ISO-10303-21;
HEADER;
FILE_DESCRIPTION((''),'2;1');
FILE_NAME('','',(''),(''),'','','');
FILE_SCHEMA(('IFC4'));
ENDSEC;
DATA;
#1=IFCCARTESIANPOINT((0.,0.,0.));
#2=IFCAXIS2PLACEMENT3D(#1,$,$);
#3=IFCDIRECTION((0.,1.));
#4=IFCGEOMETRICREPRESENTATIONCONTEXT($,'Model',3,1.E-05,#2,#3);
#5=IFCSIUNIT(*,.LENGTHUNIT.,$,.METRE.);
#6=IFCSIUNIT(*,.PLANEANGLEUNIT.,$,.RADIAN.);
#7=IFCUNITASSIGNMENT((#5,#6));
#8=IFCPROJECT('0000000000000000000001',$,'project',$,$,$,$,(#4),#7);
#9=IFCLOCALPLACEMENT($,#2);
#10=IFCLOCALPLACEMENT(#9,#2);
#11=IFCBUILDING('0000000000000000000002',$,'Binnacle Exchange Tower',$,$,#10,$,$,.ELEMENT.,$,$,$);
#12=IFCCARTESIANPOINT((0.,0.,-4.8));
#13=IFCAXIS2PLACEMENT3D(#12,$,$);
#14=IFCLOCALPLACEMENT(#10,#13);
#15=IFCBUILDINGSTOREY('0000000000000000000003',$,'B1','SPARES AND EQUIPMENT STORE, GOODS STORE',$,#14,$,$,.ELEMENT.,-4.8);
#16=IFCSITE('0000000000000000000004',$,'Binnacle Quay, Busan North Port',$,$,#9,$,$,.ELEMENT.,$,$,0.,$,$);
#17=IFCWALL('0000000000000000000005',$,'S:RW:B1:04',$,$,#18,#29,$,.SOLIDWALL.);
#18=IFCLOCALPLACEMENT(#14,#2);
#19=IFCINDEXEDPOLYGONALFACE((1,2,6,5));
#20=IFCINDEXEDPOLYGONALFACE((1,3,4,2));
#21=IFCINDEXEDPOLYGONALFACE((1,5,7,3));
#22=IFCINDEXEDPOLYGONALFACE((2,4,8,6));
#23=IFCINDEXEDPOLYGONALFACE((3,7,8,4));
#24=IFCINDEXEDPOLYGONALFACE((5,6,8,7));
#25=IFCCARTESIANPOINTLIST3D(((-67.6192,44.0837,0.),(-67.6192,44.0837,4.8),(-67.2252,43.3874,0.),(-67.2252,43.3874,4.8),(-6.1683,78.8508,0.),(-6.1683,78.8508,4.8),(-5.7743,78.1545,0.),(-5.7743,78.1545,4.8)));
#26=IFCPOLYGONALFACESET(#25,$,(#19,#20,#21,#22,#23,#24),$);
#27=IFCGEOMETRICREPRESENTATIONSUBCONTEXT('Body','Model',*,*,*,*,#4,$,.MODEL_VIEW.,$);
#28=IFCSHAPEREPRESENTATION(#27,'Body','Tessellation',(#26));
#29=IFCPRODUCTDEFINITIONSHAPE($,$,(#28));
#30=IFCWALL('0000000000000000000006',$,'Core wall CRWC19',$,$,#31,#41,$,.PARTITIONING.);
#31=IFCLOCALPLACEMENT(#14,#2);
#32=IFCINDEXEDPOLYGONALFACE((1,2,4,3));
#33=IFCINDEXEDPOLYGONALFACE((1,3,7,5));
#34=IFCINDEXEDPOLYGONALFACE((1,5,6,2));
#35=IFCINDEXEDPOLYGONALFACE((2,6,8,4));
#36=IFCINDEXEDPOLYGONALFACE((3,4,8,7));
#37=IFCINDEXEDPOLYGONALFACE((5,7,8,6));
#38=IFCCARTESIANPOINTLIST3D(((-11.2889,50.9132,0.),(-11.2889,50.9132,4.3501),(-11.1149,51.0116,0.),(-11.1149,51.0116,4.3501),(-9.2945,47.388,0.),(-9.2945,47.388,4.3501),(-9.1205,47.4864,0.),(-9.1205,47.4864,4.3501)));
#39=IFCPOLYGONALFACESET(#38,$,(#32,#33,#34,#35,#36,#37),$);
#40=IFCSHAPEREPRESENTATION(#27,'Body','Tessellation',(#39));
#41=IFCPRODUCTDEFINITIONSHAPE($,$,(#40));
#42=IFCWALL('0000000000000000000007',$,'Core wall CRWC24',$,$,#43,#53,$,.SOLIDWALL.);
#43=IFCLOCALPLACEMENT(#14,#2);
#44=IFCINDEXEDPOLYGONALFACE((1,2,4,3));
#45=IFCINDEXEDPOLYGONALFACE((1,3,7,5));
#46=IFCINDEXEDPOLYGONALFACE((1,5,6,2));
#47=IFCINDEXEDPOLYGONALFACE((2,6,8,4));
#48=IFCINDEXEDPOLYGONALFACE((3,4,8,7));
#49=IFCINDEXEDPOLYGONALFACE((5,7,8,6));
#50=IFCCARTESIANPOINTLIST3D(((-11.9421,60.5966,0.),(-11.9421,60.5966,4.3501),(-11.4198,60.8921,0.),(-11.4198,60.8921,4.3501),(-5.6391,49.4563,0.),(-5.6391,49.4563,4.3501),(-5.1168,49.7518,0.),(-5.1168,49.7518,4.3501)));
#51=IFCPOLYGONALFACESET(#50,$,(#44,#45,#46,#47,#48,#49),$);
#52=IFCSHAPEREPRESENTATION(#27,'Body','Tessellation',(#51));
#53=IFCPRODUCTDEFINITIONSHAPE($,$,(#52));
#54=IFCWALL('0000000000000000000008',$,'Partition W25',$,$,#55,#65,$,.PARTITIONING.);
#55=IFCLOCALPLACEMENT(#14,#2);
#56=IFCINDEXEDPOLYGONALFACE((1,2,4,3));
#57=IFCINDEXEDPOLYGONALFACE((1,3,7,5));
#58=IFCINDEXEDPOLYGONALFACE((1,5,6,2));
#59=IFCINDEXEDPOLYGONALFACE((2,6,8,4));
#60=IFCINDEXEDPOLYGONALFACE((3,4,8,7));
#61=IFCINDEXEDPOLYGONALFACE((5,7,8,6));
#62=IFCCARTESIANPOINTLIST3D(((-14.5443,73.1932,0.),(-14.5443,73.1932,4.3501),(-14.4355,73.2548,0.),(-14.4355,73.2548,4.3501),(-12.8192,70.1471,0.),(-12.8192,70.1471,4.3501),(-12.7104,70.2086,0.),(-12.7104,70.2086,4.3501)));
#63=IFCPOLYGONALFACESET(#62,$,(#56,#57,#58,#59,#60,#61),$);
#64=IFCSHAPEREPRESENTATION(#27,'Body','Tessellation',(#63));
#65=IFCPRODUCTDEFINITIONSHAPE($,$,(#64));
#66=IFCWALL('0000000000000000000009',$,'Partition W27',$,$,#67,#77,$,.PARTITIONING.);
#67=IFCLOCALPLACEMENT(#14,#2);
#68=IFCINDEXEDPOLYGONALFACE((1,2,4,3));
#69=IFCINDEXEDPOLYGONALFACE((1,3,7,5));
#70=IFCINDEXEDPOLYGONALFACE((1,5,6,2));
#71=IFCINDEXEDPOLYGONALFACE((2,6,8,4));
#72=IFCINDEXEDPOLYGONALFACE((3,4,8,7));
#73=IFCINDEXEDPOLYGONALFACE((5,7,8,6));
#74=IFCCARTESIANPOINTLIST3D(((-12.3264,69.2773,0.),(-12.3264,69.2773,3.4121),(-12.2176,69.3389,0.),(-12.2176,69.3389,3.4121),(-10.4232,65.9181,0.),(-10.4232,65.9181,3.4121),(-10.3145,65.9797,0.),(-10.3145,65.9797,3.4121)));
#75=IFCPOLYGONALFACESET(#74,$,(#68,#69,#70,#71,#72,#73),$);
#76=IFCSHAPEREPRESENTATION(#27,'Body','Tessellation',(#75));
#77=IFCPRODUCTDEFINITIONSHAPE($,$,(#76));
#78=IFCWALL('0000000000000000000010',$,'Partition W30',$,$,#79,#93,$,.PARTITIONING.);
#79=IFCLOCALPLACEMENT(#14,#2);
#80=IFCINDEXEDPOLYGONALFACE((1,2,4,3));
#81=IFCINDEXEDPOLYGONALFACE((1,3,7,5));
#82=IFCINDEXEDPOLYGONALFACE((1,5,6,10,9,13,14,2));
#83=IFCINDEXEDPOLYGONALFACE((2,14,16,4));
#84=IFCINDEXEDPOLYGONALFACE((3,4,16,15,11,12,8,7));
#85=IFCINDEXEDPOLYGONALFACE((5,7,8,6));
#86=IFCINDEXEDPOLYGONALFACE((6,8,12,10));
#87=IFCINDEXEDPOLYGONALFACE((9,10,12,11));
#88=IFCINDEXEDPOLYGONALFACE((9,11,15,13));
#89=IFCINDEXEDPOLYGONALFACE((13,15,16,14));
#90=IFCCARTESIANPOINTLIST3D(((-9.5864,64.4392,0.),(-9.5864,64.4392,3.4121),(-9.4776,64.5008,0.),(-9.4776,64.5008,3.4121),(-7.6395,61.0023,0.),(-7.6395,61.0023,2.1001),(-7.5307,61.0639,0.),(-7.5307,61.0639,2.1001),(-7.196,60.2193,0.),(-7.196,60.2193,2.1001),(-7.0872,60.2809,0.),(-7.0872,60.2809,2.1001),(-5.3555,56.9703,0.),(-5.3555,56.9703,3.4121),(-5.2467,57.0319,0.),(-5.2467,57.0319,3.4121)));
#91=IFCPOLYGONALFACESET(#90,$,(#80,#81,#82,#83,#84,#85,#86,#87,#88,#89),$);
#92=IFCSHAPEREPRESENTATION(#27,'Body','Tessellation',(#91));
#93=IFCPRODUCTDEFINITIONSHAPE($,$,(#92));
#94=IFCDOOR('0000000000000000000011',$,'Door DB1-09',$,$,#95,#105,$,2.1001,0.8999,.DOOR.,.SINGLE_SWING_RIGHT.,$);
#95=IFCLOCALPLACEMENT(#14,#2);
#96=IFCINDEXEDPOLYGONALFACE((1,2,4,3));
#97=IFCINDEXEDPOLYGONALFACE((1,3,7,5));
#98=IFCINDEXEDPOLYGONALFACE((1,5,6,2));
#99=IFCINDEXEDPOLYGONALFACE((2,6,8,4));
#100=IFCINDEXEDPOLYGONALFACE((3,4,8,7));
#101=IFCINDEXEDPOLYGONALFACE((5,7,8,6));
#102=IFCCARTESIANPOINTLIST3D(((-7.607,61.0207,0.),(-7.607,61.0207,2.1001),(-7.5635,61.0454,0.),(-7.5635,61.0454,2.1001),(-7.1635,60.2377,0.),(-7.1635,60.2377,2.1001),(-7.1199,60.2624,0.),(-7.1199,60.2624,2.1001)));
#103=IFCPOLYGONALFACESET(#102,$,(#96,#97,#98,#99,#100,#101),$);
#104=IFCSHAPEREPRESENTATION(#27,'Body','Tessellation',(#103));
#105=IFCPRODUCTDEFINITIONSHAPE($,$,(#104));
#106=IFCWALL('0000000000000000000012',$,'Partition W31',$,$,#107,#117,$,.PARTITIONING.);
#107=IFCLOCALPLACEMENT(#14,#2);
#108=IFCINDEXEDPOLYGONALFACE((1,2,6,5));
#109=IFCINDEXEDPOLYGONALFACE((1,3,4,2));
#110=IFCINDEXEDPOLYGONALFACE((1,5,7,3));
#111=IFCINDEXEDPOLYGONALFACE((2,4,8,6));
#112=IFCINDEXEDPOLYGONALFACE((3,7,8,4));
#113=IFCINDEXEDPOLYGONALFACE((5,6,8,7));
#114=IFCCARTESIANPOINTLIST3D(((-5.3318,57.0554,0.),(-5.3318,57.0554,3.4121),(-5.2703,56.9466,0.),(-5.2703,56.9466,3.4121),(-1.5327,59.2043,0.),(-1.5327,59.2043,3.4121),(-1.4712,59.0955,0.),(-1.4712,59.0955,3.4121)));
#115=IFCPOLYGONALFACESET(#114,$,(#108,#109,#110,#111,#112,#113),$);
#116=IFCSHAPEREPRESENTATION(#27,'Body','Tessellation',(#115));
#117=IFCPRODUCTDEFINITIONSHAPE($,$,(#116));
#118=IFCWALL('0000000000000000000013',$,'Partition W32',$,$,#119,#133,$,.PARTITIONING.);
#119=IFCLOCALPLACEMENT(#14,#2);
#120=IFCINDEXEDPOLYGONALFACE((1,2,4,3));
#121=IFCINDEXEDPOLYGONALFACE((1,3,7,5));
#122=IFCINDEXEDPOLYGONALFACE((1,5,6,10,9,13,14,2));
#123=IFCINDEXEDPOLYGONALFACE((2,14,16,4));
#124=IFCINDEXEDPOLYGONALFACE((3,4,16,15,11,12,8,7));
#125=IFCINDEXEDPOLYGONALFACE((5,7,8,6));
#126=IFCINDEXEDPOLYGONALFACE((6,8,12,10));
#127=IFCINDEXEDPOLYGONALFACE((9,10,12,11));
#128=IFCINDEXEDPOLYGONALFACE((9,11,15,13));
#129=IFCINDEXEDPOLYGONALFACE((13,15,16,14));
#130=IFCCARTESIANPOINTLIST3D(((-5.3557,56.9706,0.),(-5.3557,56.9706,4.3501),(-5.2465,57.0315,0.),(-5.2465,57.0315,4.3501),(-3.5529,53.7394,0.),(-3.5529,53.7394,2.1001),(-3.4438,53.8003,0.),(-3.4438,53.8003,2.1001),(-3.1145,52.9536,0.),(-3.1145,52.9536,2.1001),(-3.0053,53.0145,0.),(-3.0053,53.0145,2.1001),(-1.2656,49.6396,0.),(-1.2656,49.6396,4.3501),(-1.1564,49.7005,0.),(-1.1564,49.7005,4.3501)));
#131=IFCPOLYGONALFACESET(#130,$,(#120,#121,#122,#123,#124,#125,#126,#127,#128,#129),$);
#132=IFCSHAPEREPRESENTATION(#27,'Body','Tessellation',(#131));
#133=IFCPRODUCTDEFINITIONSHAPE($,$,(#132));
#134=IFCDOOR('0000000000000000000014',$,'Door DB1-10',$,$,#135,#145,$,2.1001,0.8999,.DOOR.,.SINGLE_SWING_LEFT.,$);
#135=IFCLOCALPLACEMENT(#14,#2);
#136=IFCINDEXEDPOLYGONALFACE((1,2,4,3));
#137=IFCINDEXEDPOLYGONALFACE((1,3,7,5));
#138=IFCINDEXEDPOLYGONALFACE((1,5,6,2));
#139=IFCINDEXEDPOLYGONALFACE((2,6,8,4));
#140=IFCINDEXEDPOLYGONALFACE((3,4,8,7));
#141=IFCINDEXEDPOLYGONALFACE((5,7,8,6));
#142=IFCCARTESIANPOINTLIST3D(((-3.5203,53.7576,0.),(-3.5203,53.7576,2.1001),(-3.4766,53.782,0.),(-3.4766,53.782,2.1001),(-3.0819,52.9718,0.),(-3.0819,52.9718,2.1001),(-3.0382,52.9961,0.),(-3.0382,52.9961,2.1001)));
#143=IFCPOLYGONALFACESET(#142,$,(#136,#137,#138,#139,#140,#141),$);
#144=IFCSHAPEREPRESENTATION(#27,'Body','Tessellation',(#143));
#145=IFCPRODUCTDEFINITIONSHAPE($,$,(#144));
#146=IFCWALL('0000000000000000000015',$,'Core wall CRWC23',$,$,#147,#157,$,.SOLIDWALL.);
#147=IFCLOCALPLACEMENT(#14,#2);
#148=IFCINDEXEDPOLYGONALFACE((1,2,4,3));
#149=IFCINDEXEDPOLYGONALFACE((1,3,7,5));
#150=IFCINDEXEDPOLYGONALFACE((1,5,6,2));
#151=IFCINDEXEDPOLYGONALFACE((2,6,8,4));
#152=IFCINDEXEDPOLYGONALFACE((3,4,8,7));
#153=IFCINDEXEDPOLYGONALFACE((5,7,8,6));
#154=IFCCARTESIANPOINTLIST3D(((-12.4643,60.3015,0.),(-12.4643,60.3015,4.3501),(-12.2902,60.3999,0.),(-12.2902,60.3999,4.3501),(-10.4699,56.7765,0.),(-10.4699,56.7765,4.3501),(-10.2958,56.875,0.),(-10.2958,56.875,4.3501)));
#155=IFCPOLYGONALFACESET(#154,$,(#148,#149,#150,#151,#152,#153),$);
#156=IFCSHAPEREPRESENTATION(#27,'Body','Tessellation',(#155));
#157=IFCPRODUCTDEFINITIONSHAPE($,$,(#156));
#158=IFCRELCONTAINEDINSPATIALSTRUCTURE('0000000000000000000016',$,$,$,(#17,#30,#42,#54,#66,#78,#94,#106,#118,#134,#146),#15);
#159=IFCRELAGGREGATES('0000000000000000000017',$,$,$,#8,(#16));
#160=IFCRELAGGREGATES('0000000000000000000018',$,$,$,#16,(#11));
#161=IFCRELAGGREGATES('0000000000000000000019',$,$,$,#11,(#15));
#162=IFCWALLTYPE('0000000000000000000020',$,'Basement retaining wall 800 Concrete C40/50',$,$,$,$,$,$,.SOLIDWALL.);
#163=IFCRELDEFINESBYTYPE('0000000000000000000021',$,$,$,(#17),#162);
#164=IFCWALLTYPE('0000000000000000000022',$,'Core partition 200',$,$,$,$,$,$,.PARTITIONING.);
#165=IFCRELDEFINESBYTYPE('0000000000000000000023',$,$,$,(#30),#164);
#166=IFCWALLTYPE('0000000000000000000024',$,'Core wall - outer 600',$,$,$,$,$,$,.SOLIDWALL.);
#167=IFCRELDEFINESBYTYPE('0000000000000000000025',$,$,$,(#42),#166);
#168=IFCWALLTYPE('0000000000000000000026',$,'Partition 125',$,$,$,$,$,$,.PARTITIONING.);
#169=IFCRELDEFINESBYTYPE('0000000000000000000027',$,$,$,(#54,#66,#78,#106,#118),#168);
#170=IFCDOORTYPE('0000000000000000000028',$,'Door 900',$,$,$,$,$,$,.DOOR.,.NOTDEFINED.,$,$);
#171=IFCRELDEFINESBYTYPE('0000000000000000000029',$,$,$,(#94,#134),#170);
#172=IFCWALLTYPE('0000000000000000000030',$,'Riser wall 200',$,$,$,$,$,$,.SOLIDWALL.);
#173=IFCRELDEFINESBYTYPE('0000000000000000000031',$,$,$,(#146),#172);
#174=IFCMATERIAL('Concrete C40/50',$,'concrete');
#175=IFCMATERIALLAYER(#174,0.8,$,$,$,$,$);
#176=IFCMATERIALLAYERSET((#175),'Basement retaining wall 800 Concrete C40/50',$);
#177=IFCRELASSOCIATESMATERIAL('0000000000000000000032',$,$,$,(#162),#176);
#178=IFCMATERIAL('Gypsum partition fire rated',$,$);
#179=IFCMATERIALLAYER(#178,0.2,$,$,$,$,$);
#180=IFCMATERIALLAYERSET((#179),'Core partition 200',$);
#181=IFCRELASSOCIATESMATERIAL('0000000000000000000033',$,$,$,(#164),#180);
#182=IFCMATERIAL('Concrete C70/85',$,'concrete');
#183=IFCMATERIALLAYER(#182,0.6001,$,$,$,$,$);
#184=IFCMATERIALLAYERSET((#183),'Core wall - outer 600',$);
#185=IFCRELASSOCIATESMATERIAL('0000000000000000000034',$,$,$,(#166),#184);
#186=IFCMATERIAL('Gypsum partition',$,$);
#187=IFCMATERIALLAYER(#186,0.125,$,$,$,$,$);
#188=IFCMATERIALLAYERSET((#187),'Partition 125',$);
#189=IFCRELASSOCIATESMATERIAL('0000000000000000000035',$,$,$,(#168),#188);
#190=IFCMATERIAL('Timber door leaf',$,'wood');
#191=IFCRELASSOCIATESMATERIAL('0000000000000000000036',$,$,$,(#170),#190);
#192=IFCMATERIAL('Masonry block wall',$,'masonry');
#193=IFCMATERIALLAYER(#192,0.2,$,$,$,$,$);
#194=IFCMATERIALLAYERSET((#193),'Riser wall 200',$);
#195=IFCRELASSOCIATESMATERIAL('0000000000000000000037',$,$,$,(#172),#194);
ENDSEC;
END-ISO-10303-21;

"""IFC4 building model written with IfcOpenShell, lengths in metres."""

from ifc_helpers import new_model, si_unit, direction, frame, frame_2d, origin, place, context, subcontext, project, spatial, rectangle, extrude, material, layer, layer_set, type_object, element, fill, save


model = new_model("IFC4")

# Units and contexts
model_context = context("Model", 3, precision=1e-05, world=origin(), true_north=direction((0.0, 1.0)))
body_context = subcontext(model_context, "Body", "Model", "MODEL_VIEW")
ifc_project = project(units=[si_unit("LENGTHUNIT", "METRE"), si_unit("PLANEANGLEUNIT", "RADIAN")], contexts=[model_context])

# Site, building, storey
site_placement = place(None, origin())
site = spatial("IfcSite", under=ifc_project, at=site_placement, Name="Binnacle Quay, Busan North Port", CompositionType="ELEMENT", RefElevation=0.0)
building_placement = place(site_placement, origin())
building = spatial("IfcBuilding", under=site, at=building_placement, Name="Binnacle Exchange Tower", CompositionType="ELEMENT")
storey_placement = place(building_placement, frame((0.0, 0.0, -4.8)))
storey = spatial("IfcBuildingStorey", under=building, at=storey_placement, Name="B1", Description="SPARES AND EQUIPMENT STORE, GOODS STORE", CompositionType="ELEMENT", Elevation=-4.8)

# Shared definitions
ifc_material_1 = material(Name="Concrete C70/85", Category="concrete")

# Walls
ifc_material_2 = material(Name="Concrete C40/50", Category="concrete")
ifc_layer_1 = layer(ifc_material_2, 0.8)
ifc_layer_set_1 = layer_set([ifc_layer_1], Name="Basement retaining wall 800 Concrete C40/50")
wall_type_1 = type_object("IfcWallType", Name="Basement retaining wall 800 Concrete C40/50", PredefinedType="SOLIDWALL", material=ifc_layer_set_1)
wall_1_placement = place(storey_placement, frame((-5.9712, 78.5027, 0.0), z_axis=(0.0, 0.0, 1.0), x_axis=(-0.870357, -0.492422, 0.0)))
element("IfcWall", 1, at=wall_1_placement, inside=storey, type_object=wall_type_1, Name="S:RW:B1:04", PredefinedType="SOLIDWALL", context=body_context, shape_type="SweptSolid", body=[
    extrude(rectangle(XDim=70.6042, YDim=0.8, at=frame_2d((35.3022, 0.0))), origin(), (0.0, 0.0, 1.0), 4.8),
])
ifc_material_3 = material(Name="Gypsum partition fire rated")
ifc_layer_2 = layer(ifc_material_3, 0.2)
ifc_layer_set_2 = layer_set([ifc_layer_2], Name="Core partition 200")
wall_type_2 = type_object("IfcWallType", Name="Core partition 200", PredefinedType="PARTITIONING", material=ifc_layer_set_2)
wall_2_placement = place(storey_placement, frame((-11.2019, 50.9624, 0.0), z_axis=(0.0, 0.0, 1.0), x_axis=(0.492415, -0.870361, 0.0)))
element("IfcWall", 2, at=wall_2_placement, inside=storey, type_object=wall_type_2, Name="Core wall CRWC19", PredefinedType="PARTITIONING", context=body_context, shape_type="SweptSolid", body=[
    extrude(rectangle(XDim=4.0503, YDim=0.2, at=frame_2d((2.0251, 0.0))), origin(), (0.0, 0.0, 1.0), 4.3501),
])
ifc_layer_3 = layer(ifc_material_1, 0.6001)
ifc_layer_set_3 = layer_set([ifc_layer_3], Name="Core wall - outer 600")
wall_type_3 = type_object("IfcWallType", Name="Core wall - outer 600", PredefinedType="SOLIDWALL", material=ifc_layer_set_3)
wall_3_placement = place(storey_placement, frame((-11.6809, 60.7444, 0.0), z_axis=(0.0, 0.0, 1.0), x_axis=(0.492427, -0.870354, 0.0)))
element("IfcWall", 3, at=wall_3_placement, inside=storey, type_object=wall_type_3, Name="Core wall CRWC24", PredefinedType="SOLIDWALL", context=body_context, shape_type="SweptSolid", body=[
    extrude(rectangle(XDim=12.7998, YDim=0.6001, at=frame_2d((6.3999, 0.0))), origin(), (0.0, 0.0, 1.0), 4.3501),
])
ifc_material_4 = material(Name="Gypsum partition")
ifc_layer_4 = layer(ifc_material_4, 0.125)
ifc_layer_set_4 = layer_set([ifc_layer_4], Name="Partition 125")
wall_type_4 = type_object("IfcWallType", Name="Partition 125", PredefinedType="PARTITIONING", material=ifc_layer_set_4)
wall_4_placement = place(storey_placement, frame((-14.49, 73.2241, 0.0), z_axis=(0.0, 0.0, 1.0), x_axis=(0.492786, -0.870151, 0.0)))
element("IfcWall", 4, at=wall_4_placement, inside=storey, type_object=wall_type_4, Name="Partition W25", PredefinedType="PARTITIONING", context=body_context, shape_type="SweptSolid", body=[
    extrude(rectangle(XDim=3.5007, YDim=0.125, at=frame_2d((1.7505, 0.0))), origin(), (0.0, 0.0, 1.0), 4.3501),
])
wall_5_placement = place(storey_placement, frame((-12.272, 69.3081, 0.0), z_axis=(0.0, 0.0, 1.0), x_axis=(0.492928, -0.87007, 0.0)))
element("IfcWall", 5, at=wall_5_placement, inside=storey, type_object=wall_type_4, Name="Partition W27", PredefinedType="PARTITIONING", context=body_context, shape_type="SweptSolid", body=[
    extrude(rectangle(XDim=3.8608, YDim=0.125, at=frame_2d((1.9304, 0.0))), origin(), (0.0, 0.0, 1.0), 3.4121),
])

# Wall, opening, door
wall_6_placement = place(storey_placement, frame((-9.532, 64.47, 0.0), z_axis=(0.0, 0.0, 1.0), x_axis=(0.492883, -0.870096, 0.0)))
wall_6 = element("IfcWall", 6, at=wall_6_placement, inside=storey, type_object=wall_type_4, Name="Partition W30", PredefinedType="PARTITIONING", context=body_context, shape_type="SweptSolid", body=[
    extrude(rectangle(XDim=8.584, YDim=0.125, at=frame_2d((4.292, 0.0))), origin(), (0.0, 0.0, 1.0), 3.4121),
])
opening_1_placement = place(wall_6_placement, frame((3.95, 0.0, 0.0)))
opening_1 = element("IfcOpeningElement", 7, at=opening_1_placement, cuts=wall_6, PredefinedType="OPENING", context=body_context, shape_type="SweptSolid", body=[
    extrude(rectangle(XDim=0.8999, YDim=2.1001, at=frame_2d((0.45, 1.05))), frame((0.0, 0.0725, 0.0), z_axis=(0.0, -1.0, 0.0), x_axis=(1.0, 0.0, 0.0)), (0.0, 0.0, 1.0), 0.145),
])
ifc_material_5 = material(Name="Timber door leaf", Category="wood")
door_type = type_object("IfcDoorType", Name="Door 900", OperationType="NOTDEFINED", PredefinedType="DOOR", material=ifc_material_5)
door_1_placement = place(opening_1_placement, origin())
door_1 = element("IfcDoor", 8, at=door_1_placement, inside=storey, type_object=door_type, Name="Door DB1-09", OperationType="SINGLE_SWING_RIGHT", OverallHeight=2.1001, OverallWidth=0.8999, PredefinedType="DOOR", context=body_context, shape_type="SweptSolid", body=[
    extrude(rectangle(XDim=0.8999, YDim=2.1001, at=frame_2d((0.45, 1.05))), frame((0.0, 0.0249, 0.0), z_axis=(0.0, -1.0, 0.0), x_axis=(1.0, 0.0, 0.0)), (0.0, 0.0, 1.0), 0.05),
])
fill(opening_1, door_1)

# Wall
wall_7_placement = place(storey_placement, frame((-5.301, 57.001, 0.0), z_axis=(0.0, 0.0, 1.0), x_axis=(0.870403, 0.492339, 0.0)))
element("IfcWall", 9, at=wall_7_placement, inside=storey, type_object=wall_type_4, Name="Partition W31", PredefinedType="PARTITIONING", context=body_context, shape_type="SweptSolid", body=[
    extrude(rectangle(XDim=4.3647, YDim=0.125, at=frame_2d((2.1824, 0.0))), origin(), (0.0, 0.0, 1.0), 3.4121),
])

# Wall, opening, door
wall_8_placement = place(storey_placement, frame((-5.301, 57.001, 0.0), z_axis=(0.0, 0.0, 1.0), x_axis=(0.487215, -0.873282, 0.0)))
wall_8 = element("IfcWall", 10, at=wall_8_placement, inside=storey, type_object=wall_type_4, Name="Partition W32", PredefinedType="PARTITIONING", context=body_context, shape_type="SweptSolid", body=[
    extrude(rectangle(XDim=8.3948, YDim=0.125, at=frame_2d((4.1973, 0.0))), origin(), (0.0, 0.0, 1.0), 4.3501),
])
opening_2_placement = place(wall_8_placement, frame((3.7, 0.0, 0.0)))
opening_2 = element("IfcOpeningElement", 11, at=opening_2_placement, cuts=wall_8, PredefinedType="OPENING", context=body_context, shape_type="SweptSolid", body=[
    extrude(rectangle(XDim=0.8999, YDim=2.1001, at=frame_2d((0.45, 1.05))), frame((0.0, 0.0725, 0.0), z_axis=(0.0, -1.0, 0.0), x_axis=(1.0, 0.0, 0.0)), (0.0, 0.0, 1.0), 0.145),
])
door_2_placement = place(opening_2_placement, origin())
door_2 = element("IfcDoor", 12, at=door_2_placement, inside=storey, type_object=door_type, Name="Door DB1-10", OperationType="SINGLE_SWING_LEFT", OverallHeight=2.1001, OverallWidth=0.8999, PredefinedType="DOOR", context=body_context, shape_type="SweptSolid", body=[
    extrude(rectangle(XDim=0.8999, YDim=2.1001, at=frame_2d((0.45, 1.05))), frame((0.0, 0.0249, 0.0), z_axis=(0.0, -1.0, 0.0), x_axis=(1.0, 0.0, 0.0)), (0.0, 0.0, 1.0), 0.05),
])
fill(opening_2, door_2)

# Wall
ifc_material_6 = material(Name="Masonry block wall", Category="masonry")
ifc_layer_5 = layer(ifc_material_6, 0.2)
ifc_layer_set_5 = layer_set([ifc_layer_5], Name="Riser wall 200")
wall_type_5 = type_object("IfcWallType", Name="Riser wall 200", PredefinedType="SOLIDWALL", material=ifc_layer_set_5)
wall_9_placement = place(storey_placement, frame((-12.3772, 60.3506, 0.0), z_axis=(0.0, 0.0, 1.0), x_axis=(0.492441, -0.870346, 0.0)))
element("IfcWall", 13, at=wall_9_placement, inside=storey, type_object=wall_type_5, Name="Core wall CRWC23", PredefinedType="SOLIDWALL", context=body_context, shape_type="SweptSolid", body=[
    extrude(rectangle(XDim=4.05, YDim=0.2, at=frame_2d((2.0249, 0.0))), origin(), (0.0, 0.0, 1.0), 4.3501),
])

save(model, "model.ifc")
